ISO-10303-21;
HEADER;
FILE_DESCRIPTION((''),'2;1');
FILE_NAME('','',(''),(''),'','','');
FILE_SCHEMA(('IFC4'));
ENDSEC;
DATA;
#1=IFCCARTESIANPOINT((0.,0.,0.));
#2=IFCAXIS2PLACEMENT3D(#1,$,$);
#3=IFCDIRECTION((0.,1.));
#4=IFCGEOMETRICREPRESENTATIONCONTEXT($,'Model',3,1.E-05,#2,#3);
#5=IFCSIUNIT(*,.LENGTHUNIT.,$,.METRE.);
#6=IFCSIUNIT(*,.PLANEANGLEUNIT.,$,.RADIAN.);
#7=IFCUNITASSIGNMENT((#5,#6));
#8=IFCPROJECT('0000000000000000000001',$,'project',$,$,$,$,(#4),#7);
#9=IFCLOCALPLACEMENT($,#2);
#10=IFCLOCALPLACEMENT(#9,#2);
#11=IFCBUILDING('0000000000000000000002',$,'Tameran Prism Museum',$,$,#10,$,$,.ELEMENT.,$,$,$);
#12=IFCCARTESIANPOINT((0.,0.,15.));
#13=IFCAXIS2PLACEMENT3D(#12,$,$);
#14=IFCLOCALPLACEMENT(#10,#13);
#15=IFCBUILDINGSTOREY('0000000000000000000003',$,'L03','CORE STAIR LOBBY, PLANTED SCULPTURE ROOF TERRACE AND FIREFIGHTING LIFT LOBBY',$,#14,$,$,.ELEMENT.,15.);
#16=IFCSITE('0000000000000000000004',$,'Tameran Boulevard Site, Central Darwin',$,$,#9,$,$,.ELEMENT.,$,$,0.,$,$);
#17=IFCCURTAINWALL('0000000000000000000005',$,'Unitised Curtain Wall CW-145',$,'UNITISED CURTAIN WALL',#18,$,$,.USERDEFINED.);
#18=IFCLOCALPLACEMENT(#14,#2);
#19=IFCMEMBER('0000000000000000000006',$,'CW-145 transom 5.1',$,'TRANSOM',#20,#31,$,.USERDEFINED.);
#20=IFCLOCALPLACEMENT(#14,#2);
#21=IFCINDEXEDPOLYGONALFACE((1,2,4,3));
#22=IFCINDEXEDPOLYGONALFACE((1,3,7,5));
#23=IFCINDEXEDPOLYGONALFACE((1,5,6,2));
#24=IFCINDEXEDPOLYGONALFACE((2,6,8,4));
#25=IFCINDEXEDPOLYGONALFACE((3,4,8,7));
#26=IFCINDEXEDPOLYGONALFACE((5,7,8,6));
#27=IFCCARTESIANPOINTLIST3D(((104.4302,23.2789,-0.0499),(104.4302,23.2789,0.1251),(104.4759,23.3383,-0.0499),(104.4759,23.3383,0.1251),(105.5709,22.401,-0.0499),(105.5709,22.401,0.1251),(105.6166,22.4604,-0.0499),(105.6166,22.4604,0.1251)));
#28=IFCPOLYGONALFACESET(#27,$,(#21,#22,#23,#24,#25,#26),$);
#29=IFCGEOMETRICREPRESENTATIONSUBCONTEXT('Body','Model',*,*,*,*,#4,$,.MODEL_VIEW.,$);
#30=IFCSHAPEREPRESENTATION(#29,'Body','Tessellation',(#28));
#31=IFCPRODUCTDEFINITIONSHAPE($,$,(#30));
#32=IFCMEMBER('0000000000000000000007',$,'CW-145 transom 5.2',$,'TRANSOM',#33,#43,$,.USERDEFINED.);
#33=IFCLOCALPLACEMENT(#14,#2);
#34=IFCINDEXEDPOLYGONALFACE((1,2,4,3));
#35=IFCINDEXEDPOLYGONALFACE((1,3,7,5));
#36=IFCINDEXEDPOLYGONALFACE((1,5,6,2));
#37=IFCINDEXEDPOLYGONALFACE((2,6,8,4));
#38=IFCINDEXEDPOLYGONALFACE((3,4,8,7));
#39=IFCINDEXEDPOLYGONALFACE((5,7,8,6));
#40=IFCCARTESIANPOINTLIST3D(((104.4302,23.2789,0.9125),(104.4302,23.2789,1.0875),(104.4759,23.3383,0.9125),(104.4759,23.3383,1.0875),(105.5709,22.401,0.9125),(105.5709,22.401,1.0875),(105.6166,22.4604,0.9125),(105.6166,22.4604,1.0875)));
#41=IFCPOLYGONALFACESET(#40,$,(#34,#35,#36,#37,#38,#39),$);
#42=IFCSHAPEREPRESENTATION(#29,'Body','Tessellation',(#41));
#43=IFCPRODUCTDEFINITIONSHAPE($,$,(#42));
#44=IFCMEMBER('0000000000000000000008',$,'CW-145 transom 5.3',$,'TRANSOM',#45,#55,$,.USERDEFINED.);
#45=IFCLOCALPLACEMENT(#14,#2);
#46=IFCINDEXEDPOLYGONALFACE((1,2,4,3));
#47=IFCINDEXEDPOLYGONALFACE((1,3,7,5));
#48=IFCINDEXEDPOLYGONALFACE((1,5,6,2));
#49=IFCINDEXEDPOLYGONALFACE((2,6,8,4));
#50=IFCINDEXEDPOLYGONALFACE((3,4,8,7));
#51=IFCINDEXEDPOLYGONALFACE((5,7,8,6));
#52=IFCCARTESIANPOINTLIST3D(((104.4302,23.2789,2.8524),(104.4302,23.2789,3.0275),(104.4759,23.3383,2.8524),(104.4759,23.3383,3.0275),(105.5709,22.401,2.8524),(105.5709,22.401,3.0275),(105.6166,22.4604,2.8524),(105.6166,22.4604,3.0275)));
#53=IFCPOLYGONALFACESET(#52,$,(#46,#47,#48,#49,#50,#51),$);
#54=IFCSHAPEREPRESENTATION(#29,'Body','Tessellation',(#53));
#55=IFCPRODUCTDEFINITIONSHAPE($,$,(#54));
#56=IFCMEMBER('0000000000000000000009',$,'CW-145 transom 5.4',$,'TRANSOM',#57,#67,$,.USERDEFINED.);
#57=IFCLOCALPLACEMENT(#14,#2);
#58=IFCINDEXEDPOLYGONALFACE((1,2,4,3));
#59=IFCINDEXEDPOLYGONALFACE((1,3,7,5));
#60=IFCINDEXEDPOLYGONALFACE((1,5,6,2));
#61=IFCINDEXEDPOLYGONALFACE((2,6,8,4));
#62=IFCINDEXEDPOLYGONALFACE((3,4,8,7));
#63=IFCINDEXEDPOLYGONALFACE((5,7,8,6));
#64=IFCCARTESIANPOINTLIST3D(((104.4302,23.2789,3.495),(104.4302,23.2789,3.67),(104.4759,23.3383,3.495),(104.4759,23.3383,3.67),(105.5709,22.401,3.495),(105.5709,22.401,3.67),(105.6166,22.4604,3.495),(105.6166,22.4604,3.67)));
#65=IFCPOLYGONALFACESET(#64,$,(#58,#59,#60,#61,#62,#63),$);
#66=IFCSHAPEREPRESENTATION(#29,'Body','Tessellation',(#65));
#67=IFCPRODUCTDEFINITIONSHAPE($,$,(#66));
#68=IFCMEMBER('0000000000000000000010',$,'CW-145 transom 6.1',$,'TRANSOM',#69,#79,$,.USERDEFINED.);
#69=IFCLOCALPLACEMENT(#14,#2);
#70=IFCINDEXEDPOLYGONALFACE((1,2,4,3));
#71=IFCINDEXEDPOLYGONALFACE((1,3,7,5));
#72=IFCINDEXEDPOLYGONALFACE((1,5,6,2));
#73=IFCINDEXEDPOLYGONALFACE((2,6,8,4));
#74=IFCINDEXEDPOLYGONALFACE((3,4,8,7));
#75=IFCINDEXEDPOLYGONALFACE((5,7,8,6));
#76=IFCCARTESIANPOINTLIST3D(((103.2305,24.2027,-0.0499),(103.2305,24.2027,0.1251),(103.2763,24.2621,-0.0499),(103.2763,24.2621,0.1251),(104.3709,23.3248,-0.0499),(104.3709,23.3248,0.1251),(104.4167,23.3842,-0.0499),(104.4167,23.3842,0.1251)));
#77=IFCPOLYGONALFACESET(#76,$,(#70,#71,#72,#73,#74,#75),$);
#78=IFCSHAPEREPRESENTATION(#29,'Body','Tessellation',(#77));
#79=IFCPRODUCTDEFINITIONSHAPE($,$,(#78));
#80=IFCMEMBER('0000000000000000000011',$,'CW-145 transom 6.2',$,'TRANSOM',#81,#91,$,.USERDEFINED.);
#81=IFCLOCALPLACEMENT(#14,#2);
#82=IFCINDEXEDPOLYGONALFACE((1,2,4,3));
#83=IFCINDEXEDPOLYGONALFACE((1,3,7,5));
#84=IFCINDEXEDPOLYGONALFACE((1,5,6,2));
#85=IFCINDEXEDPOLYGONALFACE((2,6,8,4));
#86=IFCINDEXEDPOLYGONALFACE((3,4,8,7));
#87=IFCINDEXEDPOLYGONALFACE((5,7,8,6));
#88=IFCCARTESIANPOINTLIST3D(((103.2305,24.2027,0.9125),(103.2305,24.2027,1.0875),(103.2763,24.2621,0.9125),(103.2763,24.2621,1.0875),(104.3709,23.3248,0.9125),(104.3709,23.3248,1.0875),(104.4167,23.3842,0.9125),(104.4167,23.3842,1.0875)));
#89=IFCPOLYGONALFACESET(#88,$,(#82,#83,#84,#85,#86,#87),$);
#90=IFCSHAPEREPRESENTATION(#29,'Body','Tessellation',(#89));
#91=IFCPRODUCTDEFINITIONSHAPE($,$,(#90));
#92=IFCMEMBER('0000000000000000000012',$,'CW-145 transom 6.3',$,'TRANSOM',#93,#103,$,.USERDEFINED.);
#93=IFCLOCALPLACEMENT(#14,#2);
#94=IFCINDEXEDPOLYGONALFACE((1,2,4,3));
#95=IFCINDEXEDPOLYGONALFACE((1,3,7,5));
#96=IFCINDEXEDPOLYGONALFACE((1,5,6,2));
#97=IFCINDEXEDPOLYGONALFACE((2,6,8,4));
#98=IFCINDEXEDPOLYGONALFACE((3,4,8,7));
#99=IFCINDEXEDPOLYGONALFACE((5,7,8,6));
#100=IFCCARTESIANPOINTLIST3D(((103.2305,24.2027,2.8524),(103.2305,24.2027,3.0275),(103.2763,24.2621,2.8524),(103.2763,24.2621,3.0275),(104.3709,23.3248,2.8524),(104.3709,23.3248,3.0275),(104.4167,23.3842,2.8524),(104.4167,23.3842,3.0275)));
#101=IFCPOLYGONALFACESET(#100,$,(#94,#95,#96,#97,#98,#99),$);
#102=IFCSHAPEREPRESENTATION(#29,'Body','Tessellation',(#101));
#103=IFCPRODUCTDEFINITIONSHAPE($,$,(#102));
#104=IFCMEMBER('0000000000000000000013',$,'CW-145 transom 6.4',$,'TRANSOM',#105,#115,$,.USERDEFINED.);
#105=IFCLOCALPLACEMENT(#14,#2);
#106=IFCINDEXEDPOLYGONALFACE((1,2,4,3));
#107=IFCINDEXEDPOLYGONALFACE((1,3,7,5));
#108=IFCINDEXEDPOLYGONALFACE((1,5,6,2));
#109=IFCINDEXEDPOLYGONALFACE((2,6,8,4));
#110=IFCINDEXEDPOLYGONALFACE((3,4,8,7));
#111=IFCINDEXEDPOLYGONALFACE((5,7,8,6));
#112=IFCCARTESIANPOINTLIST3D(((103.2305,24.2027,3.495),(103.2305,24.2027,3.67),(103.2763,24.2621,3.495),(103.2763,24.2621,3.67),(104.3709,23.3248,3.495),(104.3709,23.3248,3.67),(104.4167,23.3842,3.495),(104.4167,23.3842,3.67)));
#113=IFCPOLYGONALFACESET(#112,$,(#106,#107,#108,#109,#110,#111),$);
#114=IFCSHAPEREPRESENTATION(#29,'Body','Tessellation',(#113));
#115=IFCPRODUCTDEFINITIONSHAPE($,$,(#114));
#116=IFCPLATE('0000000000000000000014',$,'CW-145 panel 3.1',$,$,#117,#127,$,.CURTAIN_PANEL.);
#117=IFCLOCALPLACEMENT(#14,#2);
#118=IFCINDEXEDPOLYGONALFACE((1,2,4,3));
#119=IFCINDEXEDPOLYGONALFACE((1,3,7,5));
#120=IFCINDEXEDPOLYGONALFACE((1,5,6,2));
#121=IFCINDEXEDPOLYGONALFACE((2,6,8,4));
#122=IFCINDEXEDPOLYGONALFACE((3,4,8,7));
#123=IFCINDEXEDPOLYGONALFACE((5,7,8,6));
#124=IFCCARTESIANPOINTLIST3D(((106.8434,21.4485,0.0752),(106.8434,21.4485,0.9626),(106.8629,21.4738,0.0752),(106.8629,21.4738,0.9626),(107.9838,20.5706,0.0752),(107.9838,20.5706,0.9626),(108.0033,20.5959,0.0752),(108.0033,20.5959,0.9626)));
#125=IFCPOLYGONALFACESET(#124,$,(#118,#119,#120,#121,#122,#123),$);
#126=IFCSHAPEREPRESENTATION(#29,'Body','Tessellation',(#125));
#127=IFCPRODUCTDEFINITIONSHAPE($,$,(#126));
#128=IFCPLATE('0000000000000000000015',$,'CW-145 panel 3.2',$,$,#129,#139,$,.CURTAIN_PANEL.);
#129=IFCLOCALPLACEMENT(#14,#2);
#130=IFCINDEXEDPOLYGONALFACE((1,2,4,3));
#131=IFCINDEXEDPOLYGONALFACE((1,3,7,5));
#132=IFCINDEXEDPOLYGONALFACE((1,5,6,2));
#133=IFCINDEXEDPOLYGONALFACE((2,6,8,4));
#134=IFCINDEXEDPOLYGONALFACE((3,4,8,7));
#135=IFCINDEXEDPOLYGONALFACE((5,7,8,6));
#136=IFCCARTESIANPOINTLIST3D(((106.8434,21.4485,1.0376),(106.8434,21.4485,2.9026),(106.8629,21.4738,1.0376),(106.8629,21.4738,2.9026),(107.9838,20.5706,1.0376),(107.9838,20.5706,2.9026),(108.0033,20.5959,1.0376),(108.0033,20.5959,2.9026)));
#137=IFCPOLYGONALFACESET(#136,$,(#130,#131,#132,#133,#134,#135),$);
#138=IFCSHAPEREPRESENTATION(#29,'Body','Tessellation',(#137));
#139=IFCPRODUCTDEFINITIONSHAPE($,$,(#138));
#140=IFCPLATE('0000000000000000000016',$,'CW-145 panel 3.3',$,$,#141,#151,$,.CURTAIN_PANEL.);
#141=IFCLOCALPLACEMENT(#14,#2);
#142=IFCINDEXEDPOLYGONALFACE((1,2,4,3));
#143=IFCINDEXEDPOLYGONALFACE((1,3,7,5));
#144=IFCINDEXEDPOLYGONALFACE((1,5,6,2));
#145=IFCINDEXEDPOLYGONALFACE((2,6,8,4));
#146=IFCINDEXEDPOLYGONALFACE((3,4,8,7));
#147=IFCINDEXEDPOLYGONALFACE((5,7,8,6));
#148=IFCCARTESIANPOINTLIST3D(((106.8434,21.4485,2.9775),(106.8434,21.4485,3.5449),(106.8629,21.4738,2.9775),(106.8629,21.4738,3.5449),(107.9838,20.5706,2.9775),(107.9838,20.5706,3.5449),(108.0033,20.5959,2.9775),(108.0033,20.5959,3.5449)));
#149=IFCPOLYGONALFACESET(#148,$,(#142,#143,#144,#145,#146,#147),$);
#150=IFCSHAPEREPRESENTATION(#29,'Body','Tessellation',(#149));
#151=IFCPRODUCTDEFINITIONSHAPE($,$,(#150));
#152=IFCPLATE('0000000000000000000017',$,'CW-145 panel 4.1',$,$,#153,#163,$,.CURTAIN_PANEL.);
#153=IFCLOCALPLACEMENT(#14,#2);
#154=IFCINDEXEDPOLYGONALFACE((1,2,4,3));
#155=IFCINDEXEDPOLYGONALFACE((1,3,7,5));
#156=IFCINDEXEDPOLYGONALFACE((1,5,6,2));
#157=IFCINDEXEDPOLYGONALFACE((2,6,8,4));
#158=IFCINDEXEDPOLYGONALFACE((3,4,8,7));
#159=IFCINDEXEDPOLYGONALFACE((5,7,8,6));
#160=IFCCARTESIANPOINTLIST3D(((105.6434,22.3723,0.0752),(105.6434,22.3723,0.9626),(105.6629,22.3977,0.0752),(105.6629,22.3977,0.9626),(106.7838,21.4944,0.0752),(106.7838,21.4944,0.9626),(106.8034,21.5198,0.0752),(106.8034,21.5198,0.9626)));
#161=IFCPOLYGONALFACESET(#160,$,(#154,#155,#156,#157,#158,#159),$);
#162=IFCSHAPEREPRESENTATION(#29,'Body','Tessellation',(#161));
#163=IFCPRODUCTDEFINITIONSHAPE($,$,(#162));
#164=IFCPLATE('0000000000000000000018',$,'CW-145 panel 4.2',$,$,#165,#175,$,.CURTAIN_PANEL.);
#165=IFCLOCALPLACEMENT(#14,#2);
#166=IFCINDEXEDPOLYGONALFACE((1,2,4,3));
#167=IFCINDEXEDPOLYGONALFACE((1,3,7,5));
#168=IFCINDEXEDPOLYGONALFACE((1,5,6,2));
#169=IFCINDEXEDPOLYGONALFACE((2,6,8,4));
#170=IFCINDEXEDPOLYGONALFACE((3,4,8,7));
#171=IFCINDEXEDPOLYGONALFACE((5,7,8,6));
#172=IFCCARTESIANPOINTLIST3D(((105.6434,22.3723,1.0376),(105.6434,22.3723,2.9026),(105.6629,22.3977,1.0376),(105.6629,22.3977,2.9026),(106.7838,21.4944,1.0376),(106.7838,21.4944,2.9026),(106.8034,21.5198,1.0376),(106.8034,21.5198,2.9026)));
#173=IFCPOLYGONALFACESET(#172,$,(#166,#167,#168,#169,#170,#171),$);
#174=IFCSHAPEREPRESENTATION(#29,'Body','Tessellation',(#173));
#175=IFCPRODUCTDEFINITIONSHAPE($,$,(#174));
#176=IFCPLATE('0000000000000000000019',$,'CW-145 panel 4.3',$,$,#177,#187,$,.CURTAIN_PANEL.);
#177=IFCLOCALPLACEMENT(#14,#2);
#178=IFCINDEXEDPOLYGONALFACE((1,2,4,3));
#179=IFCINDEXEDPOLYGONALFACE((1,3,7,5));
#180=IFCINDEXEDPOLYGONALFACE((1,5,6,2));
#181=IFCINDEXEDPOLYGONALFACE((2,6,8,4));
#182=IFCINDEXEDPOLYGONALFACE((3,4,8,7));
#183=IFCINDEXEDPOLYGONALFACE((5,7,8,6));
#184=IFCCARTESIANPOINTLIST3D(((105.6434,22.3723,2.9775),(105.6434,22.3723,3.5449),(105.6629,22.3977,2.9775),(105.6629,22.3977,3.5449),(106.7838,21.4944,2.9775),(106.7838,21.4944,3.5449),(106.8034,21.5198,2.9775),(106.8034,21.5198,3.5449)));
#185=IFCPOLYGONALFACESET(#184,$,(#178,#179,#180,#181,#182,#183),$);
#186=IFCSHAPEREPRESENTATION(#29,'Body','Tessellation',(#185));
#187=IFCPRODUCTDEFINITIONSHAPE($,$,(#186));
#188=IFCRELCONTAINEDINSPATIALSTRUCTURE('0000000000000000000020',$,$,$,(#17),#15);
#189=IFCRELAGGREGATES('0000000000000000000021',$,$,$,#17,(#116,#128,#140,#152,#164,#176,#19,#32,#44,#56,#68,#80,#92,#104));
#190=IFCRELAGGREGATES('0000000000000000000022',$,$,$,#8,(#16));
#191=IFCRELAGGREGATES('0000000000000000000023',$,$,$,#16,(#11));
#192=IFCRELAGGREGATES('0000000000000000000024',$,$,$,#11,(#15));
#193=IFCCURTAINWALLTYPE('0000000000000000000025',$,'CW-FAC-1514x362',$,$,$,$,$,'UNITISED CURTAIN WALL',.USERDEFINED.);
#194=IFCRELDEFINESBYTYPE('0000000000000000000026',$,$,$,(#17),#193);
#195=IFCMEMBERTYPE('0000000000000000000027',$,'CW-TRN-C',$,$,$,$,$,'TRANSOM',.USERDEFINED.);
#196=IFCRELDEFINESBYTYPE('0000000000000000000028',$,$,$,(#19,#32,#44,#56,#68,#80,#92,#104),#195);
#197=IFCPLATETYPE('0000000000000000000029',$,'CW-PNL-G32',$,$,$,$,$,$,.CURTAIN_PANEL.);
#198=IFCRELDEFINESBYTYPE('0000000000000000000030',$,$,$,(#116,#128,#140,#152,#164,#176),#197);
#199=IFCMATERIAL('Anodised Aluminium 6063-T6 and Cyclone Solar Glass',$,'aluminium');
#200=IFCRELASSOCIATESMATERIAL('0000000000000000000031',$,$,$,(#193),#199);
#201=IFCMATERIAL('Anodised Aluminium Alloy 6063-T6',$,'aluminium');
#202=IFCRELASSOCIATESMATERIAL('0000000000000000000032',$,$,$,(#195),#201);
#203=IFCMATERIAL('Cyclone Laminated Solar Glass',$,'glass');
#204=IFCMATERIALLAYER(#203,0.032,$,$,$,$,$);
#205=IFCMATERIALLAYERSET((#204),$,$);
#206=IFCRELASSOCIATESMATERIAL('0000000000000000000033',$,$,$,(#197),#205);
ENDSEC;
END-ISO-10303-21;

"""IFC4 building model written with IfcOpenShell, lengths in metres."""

from ifc_helpers import new_model, si_unit, direction, frame, origin, origin_2d, place, context, subcontext, project, spatial, rectangle, extrude, material, layer, layer_set, material_profile, profile_set, type_object, element, aggregate, save


model = new_model("IFC4")

# Units and contexts
model_context = context("Model", 3, precision=1e-05, world=origin(), true_north=direction((0.0, 1.0)))
body_context = subcontext(model_context, "Body", "Model", "MODEL_VIEW")
ifc_project = project(units=[si_unit("LENGTHUNIT", "METRE"), si_unit("PLANEANGLEUNIT", "RADIAN")], contexts=[model_context])

# Site, building, storey
site_placement = place(None, origin())
site = spatial("IfcSite", under=ifc_project, at=site_placement, Name="Tameran Boulevard Site, Central Darwin", CompositionType="ELEMENT", RefElevation=0.0)
building_placement = place(site_placement, origin())
building = spatial("IfcBuilding", under=site, at=building_placement, Name="Tameran Prism Museum", CompositionType="ELEMENT")
storey_placement = place(building_placement, frame((0.0, 0.0, 15.0)))
storey = spatial("IfcBuildingStorey", under=building, at=storey_placement, Name="L03", Description="CORE STAIR LOBBY, PLANTED SCULPTURE ROOF TERRACE AND FIREFIGHTING LIFT LOBBY", CompositionType="ELEMENT", Elevation=15.0)

# Curtain wall, members, plates
ifc_material_1 = material(Name="Anodised Aluminium 6063-T6 and Cyclone Solar Glass", Category="aluminium")
curtain_wall_type = type_object("IfcCurtainWallType", Name="CW-FAC-1514x362", ElementType="UNITISED CURTAIN WALL", PredefinedType="USERDEFINED", material=ifc_material_1)
curtain_wall_placement = place(storey_placement, origin())
curtain_wall = element("IfcCurtainWall", 1, at=curtain_wall_placement, inside=storey, type_object=curtain_wall_type, Name="Unitised Curtain Wall CW-145", ObjectType="UNITISED CURTAIN WALL", PredefinedType="USERDEFINED")
ifc_material_2 = material(Name="Anodised Aluminium Alloy 6063-T6", Category="aluminium")
ifc_material_profile_1 = material_profile(ifc_material_2, rectangle(XDim=0.075, YDim=0.175, at=origin_2d()))
ifc_profile_set_1 = profile_set([ifc_material_profile_1])
member_type_1 = type_object("IfcMemberType", Name="CW-TRN-C", ElementType="TRANSOM", PredefinedType="USERDEFINED", material=ifc_profile_set_1)
member_1_placement = place(storey_placement, frame((105.5938, 22.4307, 0.0376), z_axis=(-0.792447, 0.60994, 0.0), x_axis=(-0.60994, -0.792447, 0.0)))
member_1 = element("IfcMember", 2, at=member_1_placement, type_object=member_type_1, Name="CW-145 transom 5.1", ObjectType="TRANSOM", PredefinedType="USERDEFINED", context=body_context, shape_type="SweptSolid", body=[
    extrude(rectangle(XDim=0.075, YDim=0.175, at=origin_2d()), origin(), (0.0, 0.0, 1.0), 1.4395),
])
member_2_placement = place(storey_placement, frame((105.5938, 22.4307, 1.0), z_axis=(-0.792447, 0.60994, 0.0), x_axis=(-0.60994, -0.792447, 0.0)))
member_2 = element("IfcMember", 3, at=member_2_placement, type_object=member_type_1, Name="CW-145 transom 5.2", ObjectType="TRANSOM", PredefinedType="USERDEFINED", context=body_context, shape_type="SweptSolid", body=[
    extrude(rectangle(XDim=0.075, YDim=0.175, at=origin_2d()), origin(), (0.0, 0.0, 1.0), 1.4395),
])
member_3_placement = place(storey_placement, frame((105.5938, 22.4307, 2.9399), z_axis=(-0.792447, 0.60994, 0.0), x_axis=(-0.60994, -0.792447, 0.0)))
member_3 = element("IfcMember", 4, at=member_3_placement, type_object=member_type_1, Name="CW-145 transom 5.3", ObjectType="TRANSOM", PredefinedType="USERDEFINED", context=body_context, shape_type="SweptSolid", body=[
    extrude(rectangle(XDim=0.075, YDim=0.175, at=origin_2d()), origin(), (0.0, 0.0, 1.0), 1.4395),
])
member_4_placement = place(storey_placement, frame((105.5938, 22.4307, 3.5825), z_axis=(-0.792447, 0.60994, 0.0), x_axis=(-0.60994, -0.792447, 0.0)))
member_4 = element("IfcMember", 5, at=member_4_placement, type_object=member_type_1, Name="CW-145 transom 5.4", ObjectType="TRANSOM", PredefinedType="USERDEFINED", context=body_context, shape_type="SweptSolid", body=[
    extrude(rectangle(XDim=0.075, YDim=0.175, at=origin_2d()), origin(), (0.0, 0.0, 1.0), 1.4395),
])
member_5_placement = place(storey_placement, frame((104.3938, 23.3545, 0.0376), z_axis=(-0.792384, 0.610022, 0.0), x_axis=(-0.610022, -0.792384, 0.0)))
member_5 = element("IfcMember", 6, at=member_5_placement, type_object=member_type_1, Name="CW-145 transom 6.1", ObjectType="TRANSOM", PredefinedType="USERDEFINED", context=body_context, shape_type="SweptSolid", body=[
    extrude(rectangle(XDim=0.075, YDim=0.175, at=origin_2d()), origin(), (0.0, 0.0, 1.0), 1.4392),
])
member_6_placement = place(storey_placement, frame((104.3938, 23.3545, 1.0), z_axis=(-0.792384, 0.610022, 0.0), x_axis=(-0.610022, -0.792384, 0.0)))
member_6 = element("IfcMember", 7, at=member_6_placement, type_object=member_type_1, Name="CW-145 transom 6.2", ObjectType="TRANSOM", PredefinedType="USERDEFINED", context=body_context, shape_type="SweptSolid", body=[
    extrude(rectangle(XDim=0.075, YDim=0.175, at=origin_2d()), origin(), (0.0, 0.0, 1.0), 1.4392),
])
member_7_placement = place(storey_placement, frame((104.3938, 23.3545, 2.9399), z_axis=(-0.792384, 0.610022, 0.0), x_axis=(-0.610022, -0.792384, 0.0)))
member_7 = element("IfcMember", 8, at=member_7_placement, type_object=member_type_1, Name="CW-145 transom 6.3", ObjectType="TRANSOM", PredefinedType="USERDEFINED", context=body_context, shape_type="SweptSolid", body=[
    extrude(rectangle(XDim=0.075, YDim=0.175, at=origin_2d()), origin(), (0.0, 0.0, 1.0), 1.4392),
])
member_8_placement = place(storey_placement, frame((104.3938, 23.3545, 3.5825), z_axis=(-0.792384, 0.610022, 0.0), x_axis=(-0.610022, -0.792384, 0.0)))
member_8 = element("IfcMember", 9, at=member_8_placement, type_object=member_type_1, Name="CW-145 transom 6.4", ObjectType="TRANSOM", PredefinedType="USERDEFINED", context=body_context, shape_type="SweptSolid", body=[
    extrude(rectangle(XDim=0.075, YDim=0.175, at=origin_2d()), origin(), (0.0, 0.0, 1.0), 1.4392),
])
ifc_material_3 = material(Name="Cyclone Laminated Solar Glass", Category="glass")
ifc_layer_1 = layer(ifc_material_3, 0.032)
ifc_layer_set_1 = layer_set([ifc_layer_1])
plate_type = type_object("IfcPlateType", Name="CW-PNL-G32", PredefinedType="CURTAIN_PANEL", material=ifc_layer_set_1)
plate_1_placement = place(storey_placement, frame((107.4233, 21.0222, 0.0752), z_axis=(0.0, 0.0, 1.0), x_axis=(-0.792401, 0.610001, 0.0)))
plate_1 = element("IfcPlate", 10, at=plate_1_placement, type_object=plate_type, Name="CW-145 panel 3.1", PredefinedType="CURTAIN_PANEL", context=body_context, shape_type="SweptSolid", body=[
    extrude(rectangle(XDim=1.4392, YDim=0.032, at=origin_2d()), origin(), (0.0, 0.0, 1.0), 0.8875),
])
plate_2_placement = place(storey_placement, frame((107.4233, 21.0222, 1.0376), z_axis=(0.0, 0.0, 1.0), x_axis=(-0.792401, 0.610001, 0.0)))
plate_2 = element("IfcPlate", 11, at=plate_2_placement, type_object=plate_type, Name="CW-145 panel 3.2", PredefinedType="CURTAIN_PANEL", context=body_context, shape_type="SweptSolid", body=[
    extrude(rectangle(XDim=1.4392, YDim=0.032, at=origin_2d()), origin(), (0.0, 0.0, 1.0), 1.865),
])
plate_3_placement = place(storey_placement, frame((107.4233, 21.0222, 2.9775), z_axis=(0.0, 0.0, 1.0), x_axis=(-0.792401, 0.610001, 0.0)))
plate_3 = element("IfcPlate", 12, at=plate_3_placement, type_object=plate_type, Name="CW-145 panel 3.3", PredefinedType="CURTAIN_PANEL", context=body_context, shape_type="SweptSolid", body=[
    extrude(rectangle(XDim=1.4392, YDim=0.032, at=origin_2d()), origin(), (0.0, 0.0, 1.0), 0.5674),
])
plate_4_placement = place(storey_placement, frame((106.2234, 21.946, 0.0752), z_axis=(0.0, 0.0, 1.0), x_axis=(-0.792401, 0.610001, 0.0)))
plate_4 = element("IfcPlate", 13, at=plate_4_placement, type_object=plate_type, Name="CW-145 panel 4.1", PredefinedType="CURTAIN_PANEL", context=body_context, shape_type="SweptSolid", body=[
    extrude(rectangle(XDim=1.4392, YDim=0.032, at=origin_2d()), origin(), (0.0, 0.0, 1.0), 0.8875),
])
plate_5_placement = place(storey_placement, frame((106.2234, 21.946, 1.0376), z_axis=(0.0, 0.0, 1.0), x_axis=(-0.792401, 0.610001, 0.0)))
plate_5 = element("IfcPlate", 14, at=plate_5_placement, type_object=plate_type, Name="CW-145 panel 4.2", PredefinedType="CURTAIN_PANEL", context=body_context, shape_type="SweptSolid", body=[
    extrude(rectangle(XDim=1.4392, YDim=0.032, at=origin_2d()), origin(), (0.0, 0.0, 1.0), 1.865),
])
plate_6_placement = place(storey_placement, frame((106.2234, 21.946, 2.9775), z_axis=(0.0, 0.0, 1.0), x_axis=(-0.792401, 0.610001, 0.0)))
plate_6 = element("IfcPlate", 15, at=plate_6_placement, type_object=plate_type, Name="CW-145 panel 4.3", PredefinedType="CURTAIN_PANEL", context=body_context, shape_type="SweptSolid", body=[
    extrude(rectangle(XDim=1.4392, YDim=0.032, at=origin_2d()), origin(), (0.0, 0.0, 1.0), 0.5674),
])
aggregate(curtain_wall, [plate_1, plate_2, plate_3, plate_4, plate_5, plate_6, member_1, member_2, member_3, member_4, member_5, member_6, member_7, member_8])

save(model, "model.ifc")
